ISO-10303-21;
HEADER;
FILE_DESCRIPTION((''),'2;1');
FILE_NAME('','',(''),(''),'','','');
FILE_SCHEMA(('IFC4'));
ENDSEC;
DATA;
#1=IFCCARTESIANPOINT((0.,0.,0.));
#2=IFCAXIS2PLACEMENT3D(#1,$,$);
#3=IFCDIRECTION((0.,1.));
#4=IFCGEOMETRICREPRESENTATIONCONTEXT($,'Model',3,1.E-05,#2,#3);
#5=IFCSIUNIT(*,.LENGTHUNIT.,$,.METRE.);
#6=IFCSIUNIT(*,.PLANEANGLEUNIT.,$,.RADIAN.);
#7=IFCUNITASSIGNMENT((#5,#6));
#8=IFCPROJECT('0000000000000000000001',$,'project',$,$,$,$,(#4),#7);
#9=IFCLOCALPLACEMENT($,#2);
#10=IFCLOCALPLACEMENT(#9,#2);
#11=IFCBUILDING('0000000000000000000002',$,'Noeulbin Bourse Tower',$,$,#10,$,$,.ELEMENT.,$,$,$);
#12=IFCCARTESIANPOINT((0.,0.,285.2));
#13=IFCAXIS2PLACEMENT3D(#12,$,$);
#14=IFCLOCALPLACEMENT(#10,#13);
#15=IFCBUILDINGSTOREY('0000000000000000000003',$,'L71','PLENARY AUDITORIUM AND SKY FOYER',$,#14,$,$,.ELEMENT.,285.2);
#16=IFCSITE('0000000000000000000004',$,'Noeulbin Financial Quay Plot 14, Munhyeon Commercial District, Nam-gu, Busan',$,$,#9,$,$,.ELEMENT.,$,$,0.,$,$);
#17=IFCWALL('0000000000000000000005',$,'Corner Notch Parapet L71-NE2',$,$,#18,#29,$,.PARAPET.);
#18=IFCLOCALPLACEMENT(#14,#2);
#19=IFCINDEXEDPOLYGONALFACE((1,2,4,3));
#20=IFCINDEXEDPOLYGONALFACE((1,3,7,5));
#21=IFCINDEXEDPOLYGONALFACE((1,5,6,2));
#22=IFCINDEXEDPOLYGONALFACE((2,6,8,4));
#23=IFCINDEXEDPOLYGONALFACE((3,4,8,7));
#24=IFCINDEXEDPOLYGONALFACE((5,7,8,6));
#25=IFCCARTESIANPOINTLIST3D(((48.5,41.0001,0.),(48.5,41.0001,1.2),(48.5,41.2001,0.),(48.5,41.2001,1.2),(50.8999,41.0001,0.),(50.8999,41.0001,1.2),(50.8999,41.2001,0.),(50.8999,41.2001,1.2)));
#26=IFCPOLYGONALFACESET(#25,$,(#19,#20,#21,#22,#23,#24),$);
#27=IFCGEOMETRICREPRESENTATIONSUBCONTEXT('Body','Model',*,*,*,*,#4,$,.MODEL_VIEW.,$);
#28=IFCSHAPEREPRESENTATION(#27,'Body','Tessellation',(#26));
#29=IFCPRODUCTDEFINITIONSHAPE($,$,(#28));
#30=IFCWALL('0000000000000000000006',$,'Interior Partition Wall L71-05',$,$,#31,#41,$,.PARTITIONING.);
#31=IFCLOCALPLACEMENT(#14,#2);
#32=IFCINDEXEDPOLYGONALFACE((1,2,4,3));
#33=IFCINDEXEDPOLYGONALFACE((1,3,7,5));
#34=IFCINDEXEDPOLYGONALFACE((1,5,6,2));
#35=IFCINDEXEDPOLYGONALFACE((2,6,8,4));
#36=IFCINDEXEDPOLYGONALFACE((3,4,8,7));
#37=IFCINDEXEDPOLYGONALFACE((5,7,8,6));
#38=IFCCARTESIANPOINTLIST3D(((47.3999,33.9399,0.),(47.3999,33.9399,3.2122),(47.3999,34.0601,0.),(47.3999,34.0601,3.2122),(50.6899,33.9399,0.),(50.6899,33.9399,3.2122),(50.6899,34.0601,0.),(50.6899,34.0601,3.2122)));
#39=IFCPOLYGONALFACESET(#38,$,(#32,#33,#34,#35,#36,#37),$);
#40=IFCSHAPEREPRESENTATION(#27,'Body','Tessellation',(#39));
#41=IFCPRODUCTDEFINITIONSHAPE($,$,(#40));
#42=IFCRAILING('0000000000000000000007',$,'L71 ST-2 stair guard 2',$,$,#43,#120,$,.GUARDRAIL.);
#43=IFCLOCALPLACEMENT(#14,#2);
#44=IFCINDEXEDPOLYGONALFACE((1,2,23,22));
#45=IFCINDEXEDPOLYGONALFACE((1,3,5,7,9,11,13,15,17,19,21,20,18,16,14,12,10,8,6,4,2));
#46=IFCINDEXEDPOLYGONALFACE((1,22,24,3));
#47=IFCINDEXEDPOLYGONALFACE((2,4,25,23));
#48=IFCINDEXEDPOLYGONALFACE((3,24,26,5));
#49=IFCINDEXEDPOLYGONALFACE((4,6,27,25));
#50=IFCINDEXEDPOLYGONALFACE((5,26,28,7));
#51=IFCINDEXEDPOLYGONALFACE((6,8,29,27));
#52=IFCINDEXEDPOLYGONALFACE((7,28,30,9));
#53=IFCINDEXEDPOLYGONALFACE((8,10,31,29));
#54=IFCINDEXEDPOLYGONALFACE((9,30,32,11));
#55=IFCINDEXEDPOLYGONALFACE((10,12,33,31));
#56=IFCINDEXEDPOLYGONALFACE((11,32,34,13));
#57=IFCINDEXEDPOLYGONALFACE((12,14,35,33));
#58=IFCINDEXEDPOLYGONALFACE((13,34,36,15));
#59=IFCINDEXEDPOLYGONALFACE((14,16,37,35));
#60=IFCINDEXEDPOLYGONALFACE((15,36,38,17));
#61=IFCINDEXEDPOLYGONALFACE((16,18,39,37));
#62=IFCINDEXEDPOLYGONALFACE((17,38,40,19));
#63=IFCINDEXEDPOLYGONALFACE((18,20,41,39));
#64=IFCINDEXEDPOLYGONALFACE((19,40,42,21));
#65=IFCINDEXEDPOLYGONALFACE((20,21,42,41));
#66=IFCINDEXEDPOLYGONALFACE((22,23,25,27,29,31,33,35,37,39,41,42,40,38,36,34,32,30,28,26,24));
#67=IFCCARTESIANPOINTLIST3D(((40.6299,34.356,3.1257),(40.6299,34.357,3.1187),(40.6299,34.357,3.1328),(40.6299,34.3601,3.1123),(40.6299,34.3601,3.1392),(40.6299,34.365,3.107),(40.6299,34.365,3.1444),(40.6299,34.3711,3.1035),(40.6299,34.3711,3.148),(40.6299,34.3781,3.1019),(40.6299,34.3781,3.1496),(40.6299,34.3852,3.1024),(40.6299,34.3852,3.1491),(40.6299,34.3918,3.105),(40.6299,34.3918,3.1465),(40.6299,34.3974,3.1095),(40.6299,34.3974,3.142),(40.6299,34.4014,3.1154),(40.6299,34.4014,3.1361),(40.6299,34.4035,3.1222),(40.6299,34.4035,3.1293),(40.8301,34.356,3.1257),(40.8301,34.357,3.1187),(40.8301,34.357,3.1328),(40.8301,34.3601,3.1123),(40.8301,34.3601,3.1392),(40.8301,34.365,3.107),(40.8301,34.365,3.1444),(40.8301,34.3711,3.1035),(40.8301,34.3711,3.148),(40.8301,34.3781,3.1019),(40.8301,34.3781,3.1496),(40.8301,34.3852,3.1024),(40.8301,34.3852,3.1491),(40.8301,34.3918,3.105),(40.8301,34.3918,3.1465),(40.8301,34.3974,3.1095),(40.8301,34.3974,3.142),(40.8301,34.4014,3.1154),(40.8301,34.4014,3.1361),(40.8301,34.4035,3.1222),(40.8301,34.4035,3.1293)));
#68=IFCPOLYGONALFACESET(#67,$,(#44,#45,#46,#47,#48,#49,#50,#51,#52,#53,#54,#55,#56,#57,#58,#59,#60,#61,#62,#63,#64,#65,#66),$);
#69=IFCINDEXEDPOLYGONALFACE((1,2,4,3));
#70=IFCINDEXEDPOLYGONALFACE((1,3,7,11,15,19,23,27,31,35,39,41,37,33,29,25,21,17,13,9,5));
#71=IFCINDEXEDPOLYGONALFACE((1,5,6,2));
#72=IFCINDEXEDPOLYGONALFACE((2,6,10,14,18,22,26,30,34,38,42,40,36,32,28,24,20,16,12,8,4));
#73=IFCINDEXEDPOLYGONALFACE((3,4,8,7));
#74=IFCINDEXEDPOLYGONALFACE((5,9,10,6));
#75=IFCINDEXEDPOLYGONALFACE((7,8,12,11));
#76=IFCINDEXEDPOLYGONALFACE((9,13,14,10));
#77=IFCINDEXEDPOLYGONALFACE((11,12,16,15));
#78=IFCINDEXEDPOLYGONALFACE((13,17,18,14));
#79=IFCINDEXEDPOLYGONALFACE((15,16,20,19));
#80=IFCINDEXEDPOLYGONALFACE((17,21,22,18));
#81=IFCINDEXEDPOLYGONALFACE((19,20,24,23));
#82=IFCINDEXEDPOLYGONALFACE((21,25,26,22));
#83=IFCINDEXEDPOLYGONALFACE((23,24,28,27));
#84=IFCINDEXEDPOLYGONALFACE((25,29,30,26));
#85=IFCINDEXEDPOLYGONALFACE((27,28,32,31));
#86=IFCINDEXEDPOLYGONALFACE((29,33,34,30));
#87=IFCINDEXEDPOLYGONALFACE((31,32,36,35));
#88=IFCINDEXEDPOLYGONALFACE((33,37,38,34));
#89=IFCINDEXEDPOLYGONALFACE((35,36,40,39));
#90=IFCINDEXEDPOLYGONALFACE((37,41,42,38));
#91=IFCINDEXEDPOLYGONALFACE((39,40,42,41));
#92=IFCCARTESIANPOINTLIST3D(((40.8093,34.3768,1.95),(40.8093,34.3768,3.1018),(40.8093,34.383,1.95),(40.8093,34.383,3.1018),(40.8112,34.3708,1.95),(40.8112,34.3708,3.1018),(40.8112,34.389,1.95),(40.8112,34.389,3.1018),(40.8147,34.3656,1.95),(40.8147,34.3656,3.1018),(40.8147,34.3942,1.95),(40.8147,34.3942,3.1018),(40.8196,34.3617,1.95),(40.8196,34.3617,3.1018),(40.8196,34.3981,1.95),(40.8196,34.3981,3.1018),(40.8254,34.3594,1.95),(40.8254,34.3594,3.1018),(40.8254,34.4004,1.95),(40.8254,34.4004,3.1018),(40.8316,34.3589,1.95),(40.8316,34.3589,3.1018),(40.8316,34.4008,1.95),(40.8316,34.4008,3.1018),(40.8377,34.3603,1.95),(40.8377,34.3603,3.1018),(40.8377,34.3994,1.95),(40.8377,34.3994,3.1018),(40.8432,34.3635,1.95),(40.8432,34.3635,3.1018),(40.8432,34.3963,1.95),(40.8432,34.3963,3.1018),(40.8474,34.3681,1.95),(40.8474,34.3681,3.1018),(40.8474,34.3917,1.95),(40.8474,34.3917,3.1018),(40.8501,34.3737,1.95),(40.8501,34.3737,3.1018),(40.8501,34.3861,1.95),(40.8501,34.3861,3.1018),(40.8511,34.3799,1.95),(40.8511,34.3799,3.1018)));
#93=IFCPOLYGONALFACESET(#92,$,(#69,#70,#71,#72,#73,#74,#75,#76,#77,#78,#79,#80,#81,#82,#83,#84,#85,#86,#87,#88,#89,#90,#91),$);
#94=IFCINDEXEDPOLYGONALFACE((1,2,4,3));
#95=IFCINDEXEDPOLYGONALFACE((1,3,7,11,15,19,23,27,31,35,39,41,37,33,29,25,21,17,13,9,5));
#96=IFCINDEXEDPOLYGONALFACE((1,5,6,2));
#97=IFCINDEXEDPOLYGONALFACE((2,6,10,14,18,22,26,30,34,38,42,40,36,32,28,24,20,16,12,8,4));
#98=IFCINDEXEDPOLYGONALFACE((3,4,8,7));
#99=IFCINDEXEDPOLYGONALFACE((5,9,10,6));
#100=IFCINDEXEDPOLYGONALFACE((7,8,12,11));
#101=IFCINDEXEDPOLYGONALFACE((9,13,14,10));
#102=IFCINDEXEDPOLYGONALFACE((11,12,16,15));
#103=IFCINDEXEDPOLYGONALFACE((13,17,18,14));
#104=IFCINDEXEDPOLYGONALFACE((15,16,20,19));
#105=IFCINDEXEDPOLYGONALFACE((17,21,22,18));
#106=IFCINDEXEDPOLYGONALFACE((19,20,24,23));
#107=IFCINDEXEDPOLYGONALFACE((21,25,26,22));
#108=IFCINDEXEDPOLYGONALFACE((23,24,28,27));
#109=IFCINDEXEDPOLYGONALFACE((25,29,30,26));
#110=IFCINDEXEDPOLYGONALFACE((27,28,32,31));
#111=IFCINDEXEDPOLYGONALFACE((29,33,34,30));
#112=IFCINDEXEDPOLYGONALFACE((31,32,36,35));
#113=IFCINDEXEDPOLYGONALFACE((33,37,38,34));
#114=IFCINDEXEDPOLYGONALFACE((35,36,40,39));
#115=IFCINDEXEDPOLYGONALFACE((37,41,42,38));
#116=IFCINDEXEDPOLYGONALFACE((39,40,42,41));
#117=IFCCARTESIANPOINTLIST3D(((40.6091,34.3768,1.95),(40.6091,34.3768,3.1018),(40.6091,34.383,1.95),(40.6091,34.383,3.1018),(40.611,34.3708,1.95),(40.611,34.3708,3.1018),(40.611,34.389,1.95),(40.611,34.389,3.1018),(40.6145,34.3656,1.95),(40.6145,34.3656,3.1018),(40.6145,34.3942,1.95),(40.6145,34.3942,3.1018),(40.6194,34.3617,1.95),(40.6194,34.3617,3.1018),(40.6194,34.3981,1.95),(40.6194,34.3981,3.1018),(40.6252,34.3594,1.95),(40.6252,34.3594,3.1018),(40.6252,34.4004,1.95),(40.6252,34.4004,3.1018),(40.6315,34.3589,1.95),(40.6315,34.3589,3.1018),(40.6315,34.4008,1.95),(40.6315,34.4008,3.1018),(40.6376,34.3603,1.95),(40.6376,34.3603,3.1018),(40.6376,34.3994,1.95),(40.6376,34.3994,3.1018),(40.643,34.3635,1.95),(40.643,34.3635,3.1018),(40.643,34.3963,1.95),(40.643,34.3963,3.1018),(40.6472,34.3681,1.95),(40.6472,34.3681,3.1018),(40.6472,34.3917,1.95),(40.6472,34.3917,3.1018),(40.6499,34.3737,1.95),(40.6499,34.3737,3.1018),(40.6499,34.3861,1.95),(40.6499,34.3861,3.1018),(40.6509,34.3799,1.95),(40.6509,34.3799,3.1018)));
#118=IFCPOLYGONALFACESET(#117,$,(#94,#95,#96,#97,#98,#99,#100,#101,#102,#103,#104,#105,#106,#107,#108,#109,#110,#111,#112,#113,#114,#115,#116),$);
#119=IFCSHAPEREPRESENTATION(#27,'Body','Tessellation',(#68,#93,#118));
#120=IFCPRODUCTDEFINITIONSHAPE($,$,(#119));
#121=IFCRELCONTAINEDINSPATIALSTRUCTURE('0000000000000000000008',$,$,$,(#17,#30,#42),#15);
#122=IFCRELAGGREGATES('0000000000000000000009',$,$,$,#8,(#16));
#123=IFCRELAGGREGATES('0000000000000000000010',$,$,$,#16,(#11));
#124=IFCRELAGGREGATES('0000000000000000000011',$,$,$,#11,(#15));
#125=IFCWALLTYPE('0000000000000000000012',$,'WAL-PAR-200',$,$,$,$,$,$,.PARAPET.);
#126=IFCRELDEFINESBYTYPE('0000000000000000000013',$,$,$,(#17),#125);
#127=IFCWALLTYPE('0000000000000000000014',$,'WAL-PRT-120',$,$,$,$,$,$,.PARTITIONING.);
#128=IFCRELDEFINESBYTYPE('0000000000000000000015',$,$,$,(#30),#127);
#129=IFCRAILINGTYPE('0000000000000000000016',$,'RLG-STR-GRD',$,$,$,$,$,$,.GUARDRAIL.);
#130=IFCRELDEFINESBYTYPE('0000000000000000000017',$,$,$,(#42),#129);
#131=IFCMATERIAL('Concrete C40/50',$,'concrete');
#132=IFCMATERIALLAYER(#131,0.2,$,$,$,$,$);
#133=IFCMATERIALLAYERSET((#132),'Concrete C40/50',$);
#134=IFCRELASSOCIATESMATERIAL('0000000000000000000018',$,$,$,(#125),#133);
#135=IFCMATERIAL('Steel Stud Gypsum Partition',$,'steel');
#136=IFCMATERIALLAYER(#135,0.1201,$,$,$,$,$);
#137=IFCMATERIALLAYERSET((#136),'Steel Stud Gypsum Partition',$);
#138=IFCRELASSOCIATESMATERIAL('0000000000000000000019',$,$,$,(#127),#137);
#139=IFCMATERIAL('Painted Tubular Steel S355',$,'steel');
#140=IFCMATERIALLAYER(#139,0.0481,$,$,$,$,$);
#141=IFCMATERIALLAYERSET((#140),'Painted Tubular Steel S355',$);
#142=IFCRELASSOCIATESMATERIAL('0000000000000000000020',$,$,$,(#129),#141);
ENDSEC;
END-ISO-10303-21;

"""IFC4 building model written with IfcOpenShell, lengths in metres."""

from ifc_helpers import new_model, si_unit, direction, frame, frame_2d, origin, origin_2d, place, context, subcontext, project, spatial, rectangle, circle, extrude, material, layer, layer_set, type_object, element, save


model = new_model("IFC4")

# Units and contexts
model_context = context("Model", 3, precision=1e-05, world=origin(), true_north=direction((0.0, 1.0)))
body_context = subcontext(model_context, "Body", "Model", "MODEL_VIEW")
ifc_project = project(units=[si_unit("LENGTHUNIT", "METRE"), si_unit("PLANEANGLEUNIT", "RADIAN")], contexts=[model_context])

# Site, building, storey
site_placement = place(None, origin())
site = spatial("IfcSite", under=ifc_project, at=site_placement, Name="Noeulbin Financial Quay Plot 14, Munhyeon Commercial District, Nam-gu, Busan", CompositionType="ELEMENT", RefElevation=0.0)
building_placement = place(site_placement, origin())
building = spatial("IfcBuilding", under=site, at=building_placement, Name="Noeulbin Bourse Tower", CompositionType="ELEMENT")
storey_placement = place(building_placement, frame((0.0, 0.0, 285.2)))
storey = spatial("IfcBuildingStorey", under=building, at=storey_placement, Name="L71", Description="PLENARY AUDITORIUM AND SKY FOYER", CompositionType="ELEMENT", Elevation=285.2)

# Walls
ifc_material_1 = material(Name="Concrete C40/50", Category="concrete")
ifc_layer_1 = layer(ifc_material_1, 0.2)
ifc_layer_set_1 = layer_set([ifc_layer_1], Name="Concrete C40/50")
wall_type_1 = type_object("IfcWallType", Name="WAL-PAR-200", PredefinedType="PARAPET", material=ifc_layer_set_1)
for number, where, z_axis, x_axis, name in (
    (1, (48.5, 41.1001, 0.0), (0.0, 0.0, 1.0), (1.0, 0.0, 0.0), "Corner Notch Parapet L71-NE2"),
):
    element("IfcWall", number, at=place(storey_placement, frame(where, z_axis=z_axis, x_axis=x_axis)), inside=storey, type_object=wall_type_1, Name=name, PredefinedType="PARAPET", context=body_context, shape_type="SweptSolid", body=[
        extrude(rectangle(XDim=2.3999, YDim=0.2, at=frame_2d((1.2, 0.0))), origin(), (0.0, 0.0, 1.0), 1.2),
    ])
ifc_material_2 = material(Name="Steel Stud Gypsum Partition", Category="steel")
ifc_layer_2 = layer(ifc_material_2, 0.1201)
ifc_layer_set_2 = layer_set([ifc_layer_2], Name="Steel Stud Gypsum Partition")
wall_type_2 = type_object("IfcWallType", Name="WAL-PRT-120", PredefinedType="PARTITIONING", material=ifc_layer_set_2)
wall_placement = place(storey_placement, frame((47.3999, 34.0, 0.0), z_axis=(0.0, 0.0, 1.0), x_axis=(1.0, 0.0, 0.0)))
element("IfcWall", 2, at=wall_placement, inside=storey, type_object=wall_type_2, Name="Interior Partition Wall L71-05", PredefinedType="PARTITIONING", context=body_context, shape_type="SweptSolid", body=[
    extrude(rectangle(XDim=3.29, YDim=0.1201, at=frame_2d((1.645, 0.0))), origin(), (0.0, 0.0, 1.0), 3.2122),
])

# Railing
ifc_material_3 = material(Name="Painted Tubular Steel S355", Category="steel")
ifc_layer_3 = layer(ifc_material_3, 0.0481)
ifc_layer_set_3 = layer_set([ifc_layer_3], Name="Painted Tubular Steel S355")
railing_type = type_object("IfcRailingType", Name="RLG-STR-GRD", PredefinedType="GUARDRAIL", material=ifc_layer_set_3)
railing_placement = place(storey_placement, frame((40.8301, 34.3799, 1.95)))
element("IfcRailing", 3, at=railing_placement, inside=storey, type_object=railing_type, Name="L71 ST-2 stair guard 2", PredefinedType="GUARDRAIL", context=body_context, shape_type="SweptSolid", body=[
    extrude(circle(Radius=0.0239, at=origin_2d()), frame((0.0, 0.0, 1.1758), z_axis=(-1.0, 0.0, 0.0), x_axis=(0.0, -1.0, 0.0)), (0.0, 0.0, 1.0), 0.2002),
    extrude(circle(Radius=0.021, at=origin_2d()), origin(), (0.0, 0.0, 1.0), 1.1519),
    extrude(circle(Radius=0.021, at=origin_2d()), frame((-0.2002, 0.0, 0.0)), (0.0, 0.0, 1.0), 1.1519),
])

save(model, "model.ifc")
